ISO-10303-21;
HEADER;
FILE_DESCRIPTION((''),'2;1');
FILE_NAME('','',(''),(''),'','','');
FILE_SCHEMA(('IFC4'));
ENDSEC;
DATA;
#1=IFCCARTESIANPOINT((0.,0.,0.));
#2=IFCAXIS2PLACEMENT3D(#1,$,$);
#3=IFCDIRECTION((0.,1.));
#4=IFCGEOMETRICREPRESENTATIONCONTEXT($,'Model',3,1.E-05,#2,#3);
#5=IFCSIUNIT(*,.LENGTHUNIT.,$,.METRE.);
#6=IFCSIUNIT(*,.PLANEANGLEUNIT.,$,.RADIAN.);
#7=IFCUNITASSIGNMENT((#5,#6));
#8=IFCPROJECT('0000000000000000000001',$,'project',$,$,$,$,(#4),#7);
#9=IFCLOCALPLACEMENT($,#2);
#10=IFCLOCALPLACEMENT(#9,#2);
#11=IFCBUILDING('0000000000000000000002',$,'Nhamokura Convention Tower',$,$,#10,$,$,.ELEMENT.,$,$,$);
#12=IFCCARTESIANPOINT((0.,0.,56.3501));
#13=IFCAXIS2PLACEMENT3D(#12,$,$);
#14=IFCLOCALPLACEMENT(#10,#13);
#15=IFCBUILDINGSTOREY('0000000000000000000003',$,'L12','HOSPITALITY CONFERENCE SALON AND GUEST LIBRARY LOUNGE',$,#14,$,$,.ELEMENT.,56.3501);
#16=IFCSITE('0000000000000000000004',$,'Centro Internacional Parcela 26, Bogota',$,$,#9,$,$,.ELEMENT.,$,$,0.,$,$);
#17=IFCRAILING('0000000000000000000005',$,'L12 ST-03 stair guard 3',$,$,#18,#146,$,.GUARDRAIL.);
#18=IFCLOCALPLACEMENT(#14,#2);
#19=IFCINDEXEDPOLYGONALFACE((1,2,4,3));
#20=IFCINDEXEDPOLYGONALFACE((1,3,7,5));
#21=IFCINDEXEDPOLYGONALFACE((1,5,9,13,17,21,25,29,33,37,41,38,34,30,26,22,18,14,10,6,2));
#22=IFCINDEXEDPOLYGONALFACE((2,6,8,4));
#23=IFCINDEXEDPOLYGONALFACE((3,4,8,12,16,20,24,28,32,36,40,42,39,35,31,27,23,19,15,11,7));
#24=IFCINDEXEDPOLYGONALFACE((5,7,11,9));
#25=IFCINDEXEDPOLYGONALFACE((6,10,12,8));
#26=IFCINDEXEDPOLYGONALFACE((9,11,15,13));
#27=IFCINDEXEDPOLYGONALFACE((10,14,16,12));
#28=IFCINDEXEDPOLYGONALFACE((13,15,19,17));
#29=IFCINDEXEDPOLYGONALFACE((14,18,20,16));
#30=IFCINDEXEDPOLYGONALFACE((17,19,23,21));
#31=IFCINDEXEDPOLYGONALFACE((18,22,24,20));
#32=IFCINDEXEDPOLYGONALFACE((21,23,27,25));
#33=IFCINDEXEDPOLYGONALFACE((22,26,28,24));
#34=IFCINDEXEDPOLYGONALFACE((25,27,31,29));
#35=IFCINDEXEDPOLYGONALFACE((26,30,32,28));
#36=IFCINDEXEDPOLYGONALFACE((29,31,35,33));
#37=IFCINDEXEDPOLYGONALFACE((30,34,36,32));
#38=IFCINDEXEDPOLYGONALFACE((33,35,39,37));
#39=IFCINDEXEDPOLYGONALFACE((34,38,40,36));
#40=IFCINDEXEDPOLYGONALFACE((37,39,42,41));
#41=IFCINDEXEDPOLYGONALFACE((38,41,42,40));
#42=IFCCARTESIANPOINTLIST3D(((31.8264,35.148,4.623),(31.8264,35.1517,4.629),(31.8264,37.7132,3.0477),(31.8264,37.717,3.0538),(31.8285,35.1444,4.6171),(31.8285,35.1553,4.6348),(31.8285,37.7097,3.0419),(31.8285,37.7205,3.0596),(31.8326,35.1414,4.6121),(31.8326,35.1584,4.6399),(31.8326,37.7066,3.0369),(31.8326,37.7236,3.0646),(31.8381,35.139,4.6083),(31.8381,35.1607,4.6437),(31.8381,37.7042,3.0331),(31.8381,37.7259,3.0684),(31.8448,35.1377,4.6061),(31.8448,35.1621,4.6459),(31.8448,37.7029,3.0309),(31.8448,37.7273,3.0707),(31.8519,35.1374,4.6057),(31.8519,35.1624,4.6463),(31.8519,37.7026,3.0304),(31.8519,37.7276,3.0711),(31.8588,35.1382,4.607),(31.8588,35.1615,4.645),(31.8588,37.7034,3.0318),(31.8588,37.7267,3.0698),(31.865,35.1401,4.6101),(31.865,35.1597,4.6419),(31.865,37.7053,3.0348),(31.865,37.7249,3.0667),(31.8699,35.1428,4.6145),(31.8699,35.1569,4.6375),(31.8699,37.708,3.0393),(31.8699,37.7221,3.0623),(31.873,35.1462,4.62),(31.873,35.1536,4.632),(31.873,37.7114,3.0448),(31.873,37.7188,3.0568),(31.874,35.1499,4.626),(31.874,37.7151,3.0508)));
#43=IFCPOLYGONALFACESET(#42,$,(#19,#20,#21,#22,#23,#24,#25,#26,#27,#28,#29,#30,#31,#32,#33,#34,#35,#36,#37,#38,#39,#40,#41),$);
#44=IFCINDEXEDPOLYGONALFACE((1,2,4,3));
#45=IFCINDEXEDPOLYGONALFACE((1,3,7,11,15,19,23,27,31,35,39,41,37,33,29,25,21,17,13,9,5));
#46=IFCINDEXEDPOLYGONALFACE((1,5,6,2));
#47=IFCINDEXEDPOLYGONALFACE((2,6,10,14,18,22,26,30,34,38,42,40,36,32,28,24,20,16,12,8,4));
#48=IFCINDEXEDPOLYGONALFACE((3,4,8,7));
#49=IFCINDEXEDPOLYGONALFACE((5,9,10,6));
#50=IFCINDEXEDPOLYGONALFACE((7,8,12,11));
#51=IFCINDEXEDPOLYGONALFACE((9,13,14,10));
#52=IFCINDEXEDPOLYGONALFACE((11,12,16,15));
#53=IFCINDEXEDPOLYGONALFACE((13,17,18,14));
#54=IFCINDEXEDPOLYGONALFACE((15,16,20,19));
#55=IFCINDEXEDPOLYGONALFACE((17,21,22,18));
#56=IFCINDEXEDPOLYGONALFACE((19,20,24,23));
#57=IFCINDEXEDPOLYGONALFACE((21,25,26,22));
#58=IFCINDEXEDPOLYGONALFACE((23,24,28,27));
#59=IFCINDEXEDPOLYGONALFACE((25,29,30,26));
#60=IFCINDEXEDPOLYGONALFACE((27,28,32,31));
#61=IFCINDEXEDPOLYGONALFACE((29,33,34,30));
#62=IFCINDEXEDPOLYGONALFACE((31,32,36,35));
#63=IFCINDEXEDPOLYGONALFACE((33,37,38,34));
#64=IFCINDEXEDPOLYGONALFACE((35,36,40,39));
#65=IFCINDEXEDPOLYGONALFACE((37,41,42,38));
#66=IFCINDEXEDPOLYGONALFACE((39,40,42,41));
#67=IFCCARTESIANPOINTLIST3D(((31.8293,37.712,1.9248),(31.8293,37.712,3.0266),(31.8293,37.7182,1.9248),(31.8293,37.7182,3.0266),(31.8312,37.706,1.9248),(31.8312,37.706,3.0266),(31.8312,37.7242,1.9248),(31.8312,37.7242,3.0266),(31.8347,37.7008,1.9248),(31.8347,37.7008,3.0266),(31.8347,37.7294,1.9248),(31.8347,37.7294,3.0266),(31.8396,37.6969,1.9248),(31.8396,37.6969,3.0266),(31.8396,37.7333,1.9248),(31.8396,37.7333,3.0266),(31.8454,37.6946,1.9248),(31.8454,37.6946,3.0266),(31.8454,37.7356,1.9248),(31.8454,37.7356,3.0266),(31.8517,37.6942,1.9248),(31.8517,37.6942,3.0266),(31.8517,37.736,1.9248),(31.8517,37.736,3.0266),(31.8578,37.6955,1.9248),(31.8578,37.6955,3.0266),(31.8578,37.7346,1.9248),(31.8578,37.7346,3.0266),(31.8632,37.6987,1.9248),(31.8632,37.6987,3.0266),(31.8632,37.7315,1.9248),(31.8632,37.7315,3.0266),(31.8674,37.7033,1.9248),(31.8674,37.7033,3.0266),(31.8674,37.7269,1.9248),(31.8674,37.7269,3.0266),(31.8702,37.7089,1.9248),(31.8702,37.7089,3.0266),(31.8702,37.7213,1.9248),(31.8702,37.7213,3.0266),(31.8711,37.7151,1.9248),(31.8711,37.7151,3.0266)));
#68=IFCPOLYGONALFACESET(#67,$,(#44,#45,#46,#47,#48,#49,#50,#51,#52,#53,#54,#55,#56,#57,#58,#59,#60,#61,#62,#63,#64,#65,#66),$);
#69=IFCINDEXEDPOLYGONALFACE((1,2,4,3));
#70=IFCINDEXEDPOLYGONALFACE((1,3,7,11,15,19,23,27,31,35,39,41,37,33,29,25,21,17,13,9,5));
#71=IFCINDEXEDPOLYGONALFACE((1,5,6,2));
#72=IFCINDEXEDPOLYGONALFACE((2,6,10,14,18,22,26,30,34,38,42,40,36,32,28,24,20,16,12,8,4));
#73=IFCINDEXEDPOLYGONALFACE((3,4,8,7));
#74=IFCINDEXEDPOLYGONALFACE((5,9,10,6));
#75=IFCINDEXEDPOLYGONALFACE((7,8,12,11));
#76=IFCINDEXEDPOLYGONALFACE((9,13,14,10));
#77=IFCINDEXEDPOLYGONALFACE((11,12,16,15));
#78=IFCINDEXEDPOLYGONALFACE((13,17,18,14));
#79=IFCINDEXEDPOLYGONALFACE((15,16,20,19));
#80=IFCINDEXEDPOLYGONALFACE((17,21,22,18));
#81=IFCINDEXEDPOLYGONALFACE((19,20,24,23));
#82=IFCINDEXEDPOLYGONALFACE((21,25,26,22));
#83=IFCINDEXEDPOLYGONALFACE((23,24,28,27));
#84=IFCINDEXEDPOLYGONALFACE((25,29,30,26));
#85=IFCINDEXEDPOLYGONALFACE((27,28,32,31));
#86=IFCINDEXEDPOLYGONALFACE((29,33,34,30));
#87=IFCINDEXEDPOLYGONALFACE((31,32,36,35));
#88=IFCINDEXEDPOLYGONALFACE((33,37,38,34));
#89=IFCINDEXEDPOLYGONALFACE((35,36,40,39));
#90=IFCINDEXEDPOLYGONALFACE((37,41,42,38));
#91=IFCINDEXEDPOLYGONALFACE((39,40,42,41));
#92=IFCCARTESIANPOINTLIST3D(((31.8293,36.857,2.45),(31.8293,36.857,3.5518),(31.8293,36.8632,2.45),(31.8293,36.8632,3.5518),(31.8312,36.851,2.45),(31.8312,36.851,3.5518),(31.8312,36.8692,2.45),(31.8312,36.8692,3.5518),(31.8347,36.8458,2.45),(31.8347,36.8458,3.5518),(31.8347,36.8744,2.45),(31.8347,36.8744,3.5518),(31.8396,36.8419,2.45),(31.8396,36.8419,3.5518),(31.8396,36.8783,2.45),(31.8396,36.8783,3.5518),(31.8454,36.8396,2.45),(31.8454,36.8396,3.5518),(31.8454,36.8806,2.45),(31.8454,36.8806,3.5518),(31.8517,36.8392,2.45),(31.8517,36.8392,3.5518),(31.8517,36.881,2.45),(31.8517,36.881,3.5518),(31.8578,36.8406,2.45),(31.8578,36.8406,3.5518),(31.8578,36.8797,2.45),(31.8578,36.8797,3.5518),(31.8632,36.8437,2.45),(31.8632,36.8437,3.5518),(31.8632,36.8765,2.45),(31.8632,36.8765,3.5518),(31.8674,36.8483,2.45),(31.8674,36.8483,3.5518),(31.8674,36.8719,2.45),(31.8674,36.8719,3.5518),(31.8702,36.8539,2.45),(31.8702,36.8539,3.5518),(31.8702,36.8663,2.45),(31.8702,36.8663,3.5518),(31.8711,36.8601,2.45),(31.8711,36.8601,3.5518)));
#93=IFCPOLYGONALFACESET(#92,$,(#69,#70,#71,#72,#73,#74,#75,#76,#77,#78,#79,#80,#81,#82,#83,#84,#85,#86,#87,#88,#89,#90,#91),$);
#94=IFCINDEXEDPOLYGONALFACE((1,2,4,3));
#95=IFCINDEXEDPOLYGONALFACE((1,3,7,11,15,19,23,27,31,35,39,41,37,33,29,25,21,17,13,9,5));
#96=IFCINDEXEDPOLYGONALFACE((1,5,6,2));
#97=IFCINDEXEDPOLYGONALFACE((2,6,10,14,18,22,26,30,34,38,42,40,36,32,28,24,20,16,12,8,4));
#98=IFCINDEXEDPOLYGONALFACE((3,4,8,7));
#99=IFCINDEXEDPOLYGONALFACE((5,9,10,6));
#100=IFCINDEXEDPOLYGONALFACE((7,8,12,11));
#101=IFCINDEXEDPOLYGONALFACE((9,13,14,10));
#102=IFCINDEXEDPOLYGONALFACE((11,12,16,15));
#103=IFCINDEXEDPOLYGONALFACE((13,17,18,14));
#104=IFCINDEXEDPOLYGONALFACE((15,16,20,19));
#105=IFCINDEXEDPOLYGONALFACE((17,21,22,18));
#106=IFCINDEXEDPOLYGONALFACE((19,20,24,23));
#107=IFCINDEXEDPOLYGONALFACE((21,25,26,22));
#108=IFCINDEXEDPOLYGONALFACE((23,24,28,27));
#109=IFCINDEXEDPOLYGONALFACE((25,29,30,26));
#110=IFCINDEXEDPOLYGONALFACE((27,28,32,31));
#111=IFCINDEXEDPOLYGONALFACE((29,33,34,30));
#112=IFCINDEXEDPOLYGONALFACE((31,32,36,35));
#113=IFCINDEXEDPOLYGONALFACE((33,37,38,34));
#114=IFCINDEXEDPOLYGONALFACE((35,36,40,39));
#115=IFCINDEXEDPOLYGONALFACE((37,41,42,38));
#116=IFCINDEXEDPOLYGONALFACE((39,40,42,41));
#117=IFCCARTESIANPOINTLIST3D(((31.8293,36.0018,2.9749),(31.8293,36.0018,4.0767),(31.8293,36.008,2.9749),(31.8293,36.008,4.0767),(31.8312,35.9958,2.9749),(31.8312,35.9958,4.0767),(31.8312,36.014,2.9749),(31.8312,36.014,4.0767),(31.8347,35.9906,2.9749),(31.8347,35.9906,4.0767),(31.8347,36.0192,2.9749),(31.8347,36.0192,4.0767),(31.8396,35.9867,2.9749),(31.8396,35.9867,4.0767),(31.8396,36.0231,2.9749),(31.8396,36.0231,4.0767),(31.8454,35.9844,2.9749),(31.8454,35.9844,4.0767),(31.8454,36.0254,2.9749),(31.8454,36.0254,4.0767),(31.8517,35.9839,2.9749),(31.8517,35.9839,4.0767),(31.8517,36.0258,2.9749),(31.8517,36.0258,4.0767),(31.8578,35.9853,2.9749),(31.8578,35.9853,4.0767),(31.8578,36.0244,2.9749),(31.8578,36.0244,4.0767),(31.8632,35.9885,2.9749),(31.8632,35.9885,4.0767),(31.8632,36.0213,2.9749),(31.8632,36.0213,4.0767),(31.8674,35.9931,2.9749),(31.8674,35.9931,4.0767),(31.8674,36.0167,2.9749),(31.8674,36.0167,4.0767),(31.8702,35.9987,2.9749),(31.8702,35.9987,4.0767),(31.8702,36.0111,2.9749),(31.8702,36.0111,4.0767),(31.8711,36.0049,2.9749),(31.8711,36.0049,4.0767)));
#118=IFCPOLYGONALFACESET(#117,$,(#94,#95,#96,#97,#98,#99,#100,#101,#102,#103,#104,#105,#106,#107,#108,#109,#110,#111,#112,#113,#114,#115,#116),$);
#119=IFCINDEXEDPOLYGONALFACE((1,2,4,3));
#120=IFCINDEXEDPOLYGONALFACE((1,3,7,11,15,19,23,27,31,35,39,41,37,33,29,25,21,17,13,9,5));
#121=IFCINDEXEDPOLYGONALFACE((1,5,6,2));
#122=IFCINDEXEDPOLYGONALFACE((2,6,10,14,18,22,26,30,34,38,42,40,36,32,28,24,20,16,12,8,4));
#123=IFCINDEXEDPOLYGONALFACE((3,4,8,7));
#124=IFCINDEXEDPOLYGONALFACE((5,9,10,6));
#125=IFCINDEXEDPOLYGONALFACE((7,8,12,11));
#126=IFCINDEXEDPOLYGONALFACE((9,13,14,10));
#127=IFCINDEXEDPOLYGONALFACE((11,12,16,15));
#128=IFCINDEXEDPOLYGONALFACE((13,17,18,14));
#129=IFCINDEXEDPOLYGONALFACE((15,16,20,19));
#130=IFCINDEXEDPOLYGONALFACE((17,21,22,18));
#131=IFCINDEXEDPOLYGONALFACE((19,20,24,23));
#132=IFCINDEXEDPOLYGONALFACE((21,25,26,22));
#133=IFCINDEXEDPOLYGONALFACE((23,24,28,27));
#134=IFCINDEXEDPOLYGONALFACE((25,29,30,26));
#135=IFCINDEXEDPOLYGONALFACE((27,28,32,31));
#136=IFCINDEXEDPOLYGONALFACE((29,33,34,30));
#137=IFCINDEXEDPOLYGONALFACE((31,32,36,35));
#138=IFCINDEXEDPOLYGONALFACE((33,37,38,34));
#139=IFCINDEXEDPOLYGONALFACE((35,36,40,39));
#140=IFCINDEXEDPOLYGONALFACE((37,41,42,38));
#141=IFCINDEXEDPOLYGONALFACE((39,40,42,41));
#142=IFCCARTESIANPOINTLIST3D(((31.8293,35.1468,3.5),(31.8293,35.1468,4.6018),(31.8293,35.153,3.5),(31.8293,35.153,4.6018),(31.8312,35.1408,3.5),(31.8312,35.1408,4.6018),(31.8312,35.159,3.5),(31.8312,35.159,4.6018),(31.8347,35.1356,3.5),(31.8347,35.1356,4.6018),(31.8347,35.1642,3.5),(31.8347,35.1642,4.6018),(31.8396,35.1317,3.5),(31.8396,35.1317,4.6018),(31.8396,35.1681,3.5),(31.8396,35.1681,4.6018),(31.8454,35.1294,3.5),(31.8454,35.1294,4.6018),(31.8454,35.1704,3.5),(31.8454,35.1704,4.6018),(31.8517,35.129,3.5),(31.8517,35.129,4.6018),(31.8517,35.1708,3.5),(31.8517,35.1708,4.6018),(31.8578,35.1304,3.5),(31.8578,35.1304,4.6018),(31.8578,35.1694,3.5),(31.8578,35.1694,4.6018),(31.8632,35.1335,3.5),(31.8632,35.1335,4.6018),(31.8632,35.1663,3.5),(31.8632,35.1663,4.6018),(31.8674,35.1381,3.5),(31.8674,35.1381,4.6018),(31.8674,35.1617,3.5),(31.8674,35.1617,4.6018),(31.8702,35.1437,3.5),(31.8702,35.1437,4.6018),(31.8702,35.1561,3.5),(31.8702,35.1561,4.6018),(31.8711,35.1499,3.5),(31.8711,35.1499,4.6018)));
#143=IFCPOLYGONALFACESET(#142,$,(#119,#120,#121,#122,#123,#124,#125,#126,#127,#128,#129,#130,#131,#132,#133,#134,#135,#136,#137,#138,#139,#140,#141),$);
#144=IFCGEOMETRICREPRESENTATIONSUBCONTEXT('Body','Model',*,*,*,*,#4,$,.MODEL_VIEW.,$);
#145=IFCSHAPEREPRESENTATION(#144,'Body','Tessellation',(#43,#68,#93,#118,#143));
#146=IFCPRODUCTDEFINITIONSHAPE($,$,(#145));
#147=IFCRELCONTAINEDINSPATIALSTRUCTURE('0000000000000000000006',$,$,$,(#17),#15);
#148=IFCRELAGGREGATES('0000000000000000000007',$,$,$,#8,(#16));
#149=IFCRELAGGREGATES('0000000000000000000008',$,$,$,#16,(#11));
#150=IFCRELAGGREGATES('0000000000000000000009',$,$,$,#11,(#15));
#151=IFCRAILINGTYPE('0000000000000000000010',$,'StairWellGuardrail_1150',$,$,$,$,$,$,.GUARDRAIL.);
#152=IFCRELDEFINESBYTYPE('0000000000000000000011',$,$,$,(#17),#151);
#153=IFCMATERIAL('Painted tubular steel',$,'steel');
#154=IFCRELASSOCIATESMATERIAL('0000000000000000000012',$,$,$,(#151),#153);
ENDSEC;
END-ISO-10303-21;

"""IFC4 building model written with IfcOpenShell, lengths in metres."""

from ifc_helpers import new_model, si_unit, direction, frame, origin, origin_2d, place, context, subcontext, project, spatial, circle, extrude, material, type_object, element, save


model = new_model("IFC4")

# Units and contexts
model_context = context("Model", 3, precision=1e-05, world=origin(), true_north=direction((0.0, 1.0)))
body_context = subcontext(model_context, "Body", "Model", "MODEL_VIEW")
ifc_project = project(units=[si_unit("LENGTHUNIT", "METRE"), si_unit("PLANEANGLEUNIT", "RADIAN")], contexts=[model_context])

# Site, building, storey
site_placement = place(None, origin())
site = spatial("IfcSite", under=ifc_project, at=site_placement, Name="Centro Internacional Parcela 26, Bogota", CompositionType="ELEMENT", RefElevation=0.0)
building_placement = place(site_placement, origin())
building = spatial("IfcBuilding", under=site, at=building_placement, Name="Nhamokura Convention Tower", CompositionType="ELEMENT")
storey_placement = place(building_placement, frame((0.0, 0.0, 56.3501)))
storey = spatial("IfcBuildingStorey", under=building, at=storey_placement, Name="L12", Description="HOSPITALITY CONFERENCE SALON AND GUEST LIBRARY LOUNGE", CompositionType="ELEMENT", Elevation=56.3501)

# Railing
ifc_material_1 = material(Name="Painted tubular steel", Category="steel")
railing_type_1 = type_object("IfcRailingType", Name="StairWellGuardrail_1150", PredefinedType="GUARDRAIL", material=ifc_material_1)
railing_1_placement = place(storey_placement, frame((31.8501, 37.7151, 1.9248)))
element("IfcRailing", 1, at=railing_1_placement, inside=storey, type_object=railing_type_1, Name="L12 ST-03 stair guard 3", PredefinedType="GUARDRAIL", context=body_context, shape_type="SweptSolid", body=[
    extrude(circle(Radius=0.0239, at=origin_2d()), frame((0.0, 0.0, 1.126), z_axis=(0.0, -0.852159, 0.523283), x_axis=(1.0, 0.0, 0.0)), (0.0, 0.0, 1.0), 3.0103),
    extrude(circle(Radius=0.021, at=origin_2d()), origin(), (0.0, 0.0, 1.0), 1.1018),
    extrude(circle(Radius=0.021, at=origin_2d()), frame((0.0, -0.855, 0.5251)), (0.0, 0.0, 1.0), 1.1018),
    extrude(circle(Radius=0.021, at=origin_2d()), frame((0.0, -1.7102, 1.05)), (0.0, 0.0, 1.0), 1.1018),
    extrude(circle(Radius=0.021, at=origin_2d()), frame((0.0, -2.5652, 1.5752)), (0.0, 0.0, 1.0), 1.1018),
])

save(model, "model.ifc")
